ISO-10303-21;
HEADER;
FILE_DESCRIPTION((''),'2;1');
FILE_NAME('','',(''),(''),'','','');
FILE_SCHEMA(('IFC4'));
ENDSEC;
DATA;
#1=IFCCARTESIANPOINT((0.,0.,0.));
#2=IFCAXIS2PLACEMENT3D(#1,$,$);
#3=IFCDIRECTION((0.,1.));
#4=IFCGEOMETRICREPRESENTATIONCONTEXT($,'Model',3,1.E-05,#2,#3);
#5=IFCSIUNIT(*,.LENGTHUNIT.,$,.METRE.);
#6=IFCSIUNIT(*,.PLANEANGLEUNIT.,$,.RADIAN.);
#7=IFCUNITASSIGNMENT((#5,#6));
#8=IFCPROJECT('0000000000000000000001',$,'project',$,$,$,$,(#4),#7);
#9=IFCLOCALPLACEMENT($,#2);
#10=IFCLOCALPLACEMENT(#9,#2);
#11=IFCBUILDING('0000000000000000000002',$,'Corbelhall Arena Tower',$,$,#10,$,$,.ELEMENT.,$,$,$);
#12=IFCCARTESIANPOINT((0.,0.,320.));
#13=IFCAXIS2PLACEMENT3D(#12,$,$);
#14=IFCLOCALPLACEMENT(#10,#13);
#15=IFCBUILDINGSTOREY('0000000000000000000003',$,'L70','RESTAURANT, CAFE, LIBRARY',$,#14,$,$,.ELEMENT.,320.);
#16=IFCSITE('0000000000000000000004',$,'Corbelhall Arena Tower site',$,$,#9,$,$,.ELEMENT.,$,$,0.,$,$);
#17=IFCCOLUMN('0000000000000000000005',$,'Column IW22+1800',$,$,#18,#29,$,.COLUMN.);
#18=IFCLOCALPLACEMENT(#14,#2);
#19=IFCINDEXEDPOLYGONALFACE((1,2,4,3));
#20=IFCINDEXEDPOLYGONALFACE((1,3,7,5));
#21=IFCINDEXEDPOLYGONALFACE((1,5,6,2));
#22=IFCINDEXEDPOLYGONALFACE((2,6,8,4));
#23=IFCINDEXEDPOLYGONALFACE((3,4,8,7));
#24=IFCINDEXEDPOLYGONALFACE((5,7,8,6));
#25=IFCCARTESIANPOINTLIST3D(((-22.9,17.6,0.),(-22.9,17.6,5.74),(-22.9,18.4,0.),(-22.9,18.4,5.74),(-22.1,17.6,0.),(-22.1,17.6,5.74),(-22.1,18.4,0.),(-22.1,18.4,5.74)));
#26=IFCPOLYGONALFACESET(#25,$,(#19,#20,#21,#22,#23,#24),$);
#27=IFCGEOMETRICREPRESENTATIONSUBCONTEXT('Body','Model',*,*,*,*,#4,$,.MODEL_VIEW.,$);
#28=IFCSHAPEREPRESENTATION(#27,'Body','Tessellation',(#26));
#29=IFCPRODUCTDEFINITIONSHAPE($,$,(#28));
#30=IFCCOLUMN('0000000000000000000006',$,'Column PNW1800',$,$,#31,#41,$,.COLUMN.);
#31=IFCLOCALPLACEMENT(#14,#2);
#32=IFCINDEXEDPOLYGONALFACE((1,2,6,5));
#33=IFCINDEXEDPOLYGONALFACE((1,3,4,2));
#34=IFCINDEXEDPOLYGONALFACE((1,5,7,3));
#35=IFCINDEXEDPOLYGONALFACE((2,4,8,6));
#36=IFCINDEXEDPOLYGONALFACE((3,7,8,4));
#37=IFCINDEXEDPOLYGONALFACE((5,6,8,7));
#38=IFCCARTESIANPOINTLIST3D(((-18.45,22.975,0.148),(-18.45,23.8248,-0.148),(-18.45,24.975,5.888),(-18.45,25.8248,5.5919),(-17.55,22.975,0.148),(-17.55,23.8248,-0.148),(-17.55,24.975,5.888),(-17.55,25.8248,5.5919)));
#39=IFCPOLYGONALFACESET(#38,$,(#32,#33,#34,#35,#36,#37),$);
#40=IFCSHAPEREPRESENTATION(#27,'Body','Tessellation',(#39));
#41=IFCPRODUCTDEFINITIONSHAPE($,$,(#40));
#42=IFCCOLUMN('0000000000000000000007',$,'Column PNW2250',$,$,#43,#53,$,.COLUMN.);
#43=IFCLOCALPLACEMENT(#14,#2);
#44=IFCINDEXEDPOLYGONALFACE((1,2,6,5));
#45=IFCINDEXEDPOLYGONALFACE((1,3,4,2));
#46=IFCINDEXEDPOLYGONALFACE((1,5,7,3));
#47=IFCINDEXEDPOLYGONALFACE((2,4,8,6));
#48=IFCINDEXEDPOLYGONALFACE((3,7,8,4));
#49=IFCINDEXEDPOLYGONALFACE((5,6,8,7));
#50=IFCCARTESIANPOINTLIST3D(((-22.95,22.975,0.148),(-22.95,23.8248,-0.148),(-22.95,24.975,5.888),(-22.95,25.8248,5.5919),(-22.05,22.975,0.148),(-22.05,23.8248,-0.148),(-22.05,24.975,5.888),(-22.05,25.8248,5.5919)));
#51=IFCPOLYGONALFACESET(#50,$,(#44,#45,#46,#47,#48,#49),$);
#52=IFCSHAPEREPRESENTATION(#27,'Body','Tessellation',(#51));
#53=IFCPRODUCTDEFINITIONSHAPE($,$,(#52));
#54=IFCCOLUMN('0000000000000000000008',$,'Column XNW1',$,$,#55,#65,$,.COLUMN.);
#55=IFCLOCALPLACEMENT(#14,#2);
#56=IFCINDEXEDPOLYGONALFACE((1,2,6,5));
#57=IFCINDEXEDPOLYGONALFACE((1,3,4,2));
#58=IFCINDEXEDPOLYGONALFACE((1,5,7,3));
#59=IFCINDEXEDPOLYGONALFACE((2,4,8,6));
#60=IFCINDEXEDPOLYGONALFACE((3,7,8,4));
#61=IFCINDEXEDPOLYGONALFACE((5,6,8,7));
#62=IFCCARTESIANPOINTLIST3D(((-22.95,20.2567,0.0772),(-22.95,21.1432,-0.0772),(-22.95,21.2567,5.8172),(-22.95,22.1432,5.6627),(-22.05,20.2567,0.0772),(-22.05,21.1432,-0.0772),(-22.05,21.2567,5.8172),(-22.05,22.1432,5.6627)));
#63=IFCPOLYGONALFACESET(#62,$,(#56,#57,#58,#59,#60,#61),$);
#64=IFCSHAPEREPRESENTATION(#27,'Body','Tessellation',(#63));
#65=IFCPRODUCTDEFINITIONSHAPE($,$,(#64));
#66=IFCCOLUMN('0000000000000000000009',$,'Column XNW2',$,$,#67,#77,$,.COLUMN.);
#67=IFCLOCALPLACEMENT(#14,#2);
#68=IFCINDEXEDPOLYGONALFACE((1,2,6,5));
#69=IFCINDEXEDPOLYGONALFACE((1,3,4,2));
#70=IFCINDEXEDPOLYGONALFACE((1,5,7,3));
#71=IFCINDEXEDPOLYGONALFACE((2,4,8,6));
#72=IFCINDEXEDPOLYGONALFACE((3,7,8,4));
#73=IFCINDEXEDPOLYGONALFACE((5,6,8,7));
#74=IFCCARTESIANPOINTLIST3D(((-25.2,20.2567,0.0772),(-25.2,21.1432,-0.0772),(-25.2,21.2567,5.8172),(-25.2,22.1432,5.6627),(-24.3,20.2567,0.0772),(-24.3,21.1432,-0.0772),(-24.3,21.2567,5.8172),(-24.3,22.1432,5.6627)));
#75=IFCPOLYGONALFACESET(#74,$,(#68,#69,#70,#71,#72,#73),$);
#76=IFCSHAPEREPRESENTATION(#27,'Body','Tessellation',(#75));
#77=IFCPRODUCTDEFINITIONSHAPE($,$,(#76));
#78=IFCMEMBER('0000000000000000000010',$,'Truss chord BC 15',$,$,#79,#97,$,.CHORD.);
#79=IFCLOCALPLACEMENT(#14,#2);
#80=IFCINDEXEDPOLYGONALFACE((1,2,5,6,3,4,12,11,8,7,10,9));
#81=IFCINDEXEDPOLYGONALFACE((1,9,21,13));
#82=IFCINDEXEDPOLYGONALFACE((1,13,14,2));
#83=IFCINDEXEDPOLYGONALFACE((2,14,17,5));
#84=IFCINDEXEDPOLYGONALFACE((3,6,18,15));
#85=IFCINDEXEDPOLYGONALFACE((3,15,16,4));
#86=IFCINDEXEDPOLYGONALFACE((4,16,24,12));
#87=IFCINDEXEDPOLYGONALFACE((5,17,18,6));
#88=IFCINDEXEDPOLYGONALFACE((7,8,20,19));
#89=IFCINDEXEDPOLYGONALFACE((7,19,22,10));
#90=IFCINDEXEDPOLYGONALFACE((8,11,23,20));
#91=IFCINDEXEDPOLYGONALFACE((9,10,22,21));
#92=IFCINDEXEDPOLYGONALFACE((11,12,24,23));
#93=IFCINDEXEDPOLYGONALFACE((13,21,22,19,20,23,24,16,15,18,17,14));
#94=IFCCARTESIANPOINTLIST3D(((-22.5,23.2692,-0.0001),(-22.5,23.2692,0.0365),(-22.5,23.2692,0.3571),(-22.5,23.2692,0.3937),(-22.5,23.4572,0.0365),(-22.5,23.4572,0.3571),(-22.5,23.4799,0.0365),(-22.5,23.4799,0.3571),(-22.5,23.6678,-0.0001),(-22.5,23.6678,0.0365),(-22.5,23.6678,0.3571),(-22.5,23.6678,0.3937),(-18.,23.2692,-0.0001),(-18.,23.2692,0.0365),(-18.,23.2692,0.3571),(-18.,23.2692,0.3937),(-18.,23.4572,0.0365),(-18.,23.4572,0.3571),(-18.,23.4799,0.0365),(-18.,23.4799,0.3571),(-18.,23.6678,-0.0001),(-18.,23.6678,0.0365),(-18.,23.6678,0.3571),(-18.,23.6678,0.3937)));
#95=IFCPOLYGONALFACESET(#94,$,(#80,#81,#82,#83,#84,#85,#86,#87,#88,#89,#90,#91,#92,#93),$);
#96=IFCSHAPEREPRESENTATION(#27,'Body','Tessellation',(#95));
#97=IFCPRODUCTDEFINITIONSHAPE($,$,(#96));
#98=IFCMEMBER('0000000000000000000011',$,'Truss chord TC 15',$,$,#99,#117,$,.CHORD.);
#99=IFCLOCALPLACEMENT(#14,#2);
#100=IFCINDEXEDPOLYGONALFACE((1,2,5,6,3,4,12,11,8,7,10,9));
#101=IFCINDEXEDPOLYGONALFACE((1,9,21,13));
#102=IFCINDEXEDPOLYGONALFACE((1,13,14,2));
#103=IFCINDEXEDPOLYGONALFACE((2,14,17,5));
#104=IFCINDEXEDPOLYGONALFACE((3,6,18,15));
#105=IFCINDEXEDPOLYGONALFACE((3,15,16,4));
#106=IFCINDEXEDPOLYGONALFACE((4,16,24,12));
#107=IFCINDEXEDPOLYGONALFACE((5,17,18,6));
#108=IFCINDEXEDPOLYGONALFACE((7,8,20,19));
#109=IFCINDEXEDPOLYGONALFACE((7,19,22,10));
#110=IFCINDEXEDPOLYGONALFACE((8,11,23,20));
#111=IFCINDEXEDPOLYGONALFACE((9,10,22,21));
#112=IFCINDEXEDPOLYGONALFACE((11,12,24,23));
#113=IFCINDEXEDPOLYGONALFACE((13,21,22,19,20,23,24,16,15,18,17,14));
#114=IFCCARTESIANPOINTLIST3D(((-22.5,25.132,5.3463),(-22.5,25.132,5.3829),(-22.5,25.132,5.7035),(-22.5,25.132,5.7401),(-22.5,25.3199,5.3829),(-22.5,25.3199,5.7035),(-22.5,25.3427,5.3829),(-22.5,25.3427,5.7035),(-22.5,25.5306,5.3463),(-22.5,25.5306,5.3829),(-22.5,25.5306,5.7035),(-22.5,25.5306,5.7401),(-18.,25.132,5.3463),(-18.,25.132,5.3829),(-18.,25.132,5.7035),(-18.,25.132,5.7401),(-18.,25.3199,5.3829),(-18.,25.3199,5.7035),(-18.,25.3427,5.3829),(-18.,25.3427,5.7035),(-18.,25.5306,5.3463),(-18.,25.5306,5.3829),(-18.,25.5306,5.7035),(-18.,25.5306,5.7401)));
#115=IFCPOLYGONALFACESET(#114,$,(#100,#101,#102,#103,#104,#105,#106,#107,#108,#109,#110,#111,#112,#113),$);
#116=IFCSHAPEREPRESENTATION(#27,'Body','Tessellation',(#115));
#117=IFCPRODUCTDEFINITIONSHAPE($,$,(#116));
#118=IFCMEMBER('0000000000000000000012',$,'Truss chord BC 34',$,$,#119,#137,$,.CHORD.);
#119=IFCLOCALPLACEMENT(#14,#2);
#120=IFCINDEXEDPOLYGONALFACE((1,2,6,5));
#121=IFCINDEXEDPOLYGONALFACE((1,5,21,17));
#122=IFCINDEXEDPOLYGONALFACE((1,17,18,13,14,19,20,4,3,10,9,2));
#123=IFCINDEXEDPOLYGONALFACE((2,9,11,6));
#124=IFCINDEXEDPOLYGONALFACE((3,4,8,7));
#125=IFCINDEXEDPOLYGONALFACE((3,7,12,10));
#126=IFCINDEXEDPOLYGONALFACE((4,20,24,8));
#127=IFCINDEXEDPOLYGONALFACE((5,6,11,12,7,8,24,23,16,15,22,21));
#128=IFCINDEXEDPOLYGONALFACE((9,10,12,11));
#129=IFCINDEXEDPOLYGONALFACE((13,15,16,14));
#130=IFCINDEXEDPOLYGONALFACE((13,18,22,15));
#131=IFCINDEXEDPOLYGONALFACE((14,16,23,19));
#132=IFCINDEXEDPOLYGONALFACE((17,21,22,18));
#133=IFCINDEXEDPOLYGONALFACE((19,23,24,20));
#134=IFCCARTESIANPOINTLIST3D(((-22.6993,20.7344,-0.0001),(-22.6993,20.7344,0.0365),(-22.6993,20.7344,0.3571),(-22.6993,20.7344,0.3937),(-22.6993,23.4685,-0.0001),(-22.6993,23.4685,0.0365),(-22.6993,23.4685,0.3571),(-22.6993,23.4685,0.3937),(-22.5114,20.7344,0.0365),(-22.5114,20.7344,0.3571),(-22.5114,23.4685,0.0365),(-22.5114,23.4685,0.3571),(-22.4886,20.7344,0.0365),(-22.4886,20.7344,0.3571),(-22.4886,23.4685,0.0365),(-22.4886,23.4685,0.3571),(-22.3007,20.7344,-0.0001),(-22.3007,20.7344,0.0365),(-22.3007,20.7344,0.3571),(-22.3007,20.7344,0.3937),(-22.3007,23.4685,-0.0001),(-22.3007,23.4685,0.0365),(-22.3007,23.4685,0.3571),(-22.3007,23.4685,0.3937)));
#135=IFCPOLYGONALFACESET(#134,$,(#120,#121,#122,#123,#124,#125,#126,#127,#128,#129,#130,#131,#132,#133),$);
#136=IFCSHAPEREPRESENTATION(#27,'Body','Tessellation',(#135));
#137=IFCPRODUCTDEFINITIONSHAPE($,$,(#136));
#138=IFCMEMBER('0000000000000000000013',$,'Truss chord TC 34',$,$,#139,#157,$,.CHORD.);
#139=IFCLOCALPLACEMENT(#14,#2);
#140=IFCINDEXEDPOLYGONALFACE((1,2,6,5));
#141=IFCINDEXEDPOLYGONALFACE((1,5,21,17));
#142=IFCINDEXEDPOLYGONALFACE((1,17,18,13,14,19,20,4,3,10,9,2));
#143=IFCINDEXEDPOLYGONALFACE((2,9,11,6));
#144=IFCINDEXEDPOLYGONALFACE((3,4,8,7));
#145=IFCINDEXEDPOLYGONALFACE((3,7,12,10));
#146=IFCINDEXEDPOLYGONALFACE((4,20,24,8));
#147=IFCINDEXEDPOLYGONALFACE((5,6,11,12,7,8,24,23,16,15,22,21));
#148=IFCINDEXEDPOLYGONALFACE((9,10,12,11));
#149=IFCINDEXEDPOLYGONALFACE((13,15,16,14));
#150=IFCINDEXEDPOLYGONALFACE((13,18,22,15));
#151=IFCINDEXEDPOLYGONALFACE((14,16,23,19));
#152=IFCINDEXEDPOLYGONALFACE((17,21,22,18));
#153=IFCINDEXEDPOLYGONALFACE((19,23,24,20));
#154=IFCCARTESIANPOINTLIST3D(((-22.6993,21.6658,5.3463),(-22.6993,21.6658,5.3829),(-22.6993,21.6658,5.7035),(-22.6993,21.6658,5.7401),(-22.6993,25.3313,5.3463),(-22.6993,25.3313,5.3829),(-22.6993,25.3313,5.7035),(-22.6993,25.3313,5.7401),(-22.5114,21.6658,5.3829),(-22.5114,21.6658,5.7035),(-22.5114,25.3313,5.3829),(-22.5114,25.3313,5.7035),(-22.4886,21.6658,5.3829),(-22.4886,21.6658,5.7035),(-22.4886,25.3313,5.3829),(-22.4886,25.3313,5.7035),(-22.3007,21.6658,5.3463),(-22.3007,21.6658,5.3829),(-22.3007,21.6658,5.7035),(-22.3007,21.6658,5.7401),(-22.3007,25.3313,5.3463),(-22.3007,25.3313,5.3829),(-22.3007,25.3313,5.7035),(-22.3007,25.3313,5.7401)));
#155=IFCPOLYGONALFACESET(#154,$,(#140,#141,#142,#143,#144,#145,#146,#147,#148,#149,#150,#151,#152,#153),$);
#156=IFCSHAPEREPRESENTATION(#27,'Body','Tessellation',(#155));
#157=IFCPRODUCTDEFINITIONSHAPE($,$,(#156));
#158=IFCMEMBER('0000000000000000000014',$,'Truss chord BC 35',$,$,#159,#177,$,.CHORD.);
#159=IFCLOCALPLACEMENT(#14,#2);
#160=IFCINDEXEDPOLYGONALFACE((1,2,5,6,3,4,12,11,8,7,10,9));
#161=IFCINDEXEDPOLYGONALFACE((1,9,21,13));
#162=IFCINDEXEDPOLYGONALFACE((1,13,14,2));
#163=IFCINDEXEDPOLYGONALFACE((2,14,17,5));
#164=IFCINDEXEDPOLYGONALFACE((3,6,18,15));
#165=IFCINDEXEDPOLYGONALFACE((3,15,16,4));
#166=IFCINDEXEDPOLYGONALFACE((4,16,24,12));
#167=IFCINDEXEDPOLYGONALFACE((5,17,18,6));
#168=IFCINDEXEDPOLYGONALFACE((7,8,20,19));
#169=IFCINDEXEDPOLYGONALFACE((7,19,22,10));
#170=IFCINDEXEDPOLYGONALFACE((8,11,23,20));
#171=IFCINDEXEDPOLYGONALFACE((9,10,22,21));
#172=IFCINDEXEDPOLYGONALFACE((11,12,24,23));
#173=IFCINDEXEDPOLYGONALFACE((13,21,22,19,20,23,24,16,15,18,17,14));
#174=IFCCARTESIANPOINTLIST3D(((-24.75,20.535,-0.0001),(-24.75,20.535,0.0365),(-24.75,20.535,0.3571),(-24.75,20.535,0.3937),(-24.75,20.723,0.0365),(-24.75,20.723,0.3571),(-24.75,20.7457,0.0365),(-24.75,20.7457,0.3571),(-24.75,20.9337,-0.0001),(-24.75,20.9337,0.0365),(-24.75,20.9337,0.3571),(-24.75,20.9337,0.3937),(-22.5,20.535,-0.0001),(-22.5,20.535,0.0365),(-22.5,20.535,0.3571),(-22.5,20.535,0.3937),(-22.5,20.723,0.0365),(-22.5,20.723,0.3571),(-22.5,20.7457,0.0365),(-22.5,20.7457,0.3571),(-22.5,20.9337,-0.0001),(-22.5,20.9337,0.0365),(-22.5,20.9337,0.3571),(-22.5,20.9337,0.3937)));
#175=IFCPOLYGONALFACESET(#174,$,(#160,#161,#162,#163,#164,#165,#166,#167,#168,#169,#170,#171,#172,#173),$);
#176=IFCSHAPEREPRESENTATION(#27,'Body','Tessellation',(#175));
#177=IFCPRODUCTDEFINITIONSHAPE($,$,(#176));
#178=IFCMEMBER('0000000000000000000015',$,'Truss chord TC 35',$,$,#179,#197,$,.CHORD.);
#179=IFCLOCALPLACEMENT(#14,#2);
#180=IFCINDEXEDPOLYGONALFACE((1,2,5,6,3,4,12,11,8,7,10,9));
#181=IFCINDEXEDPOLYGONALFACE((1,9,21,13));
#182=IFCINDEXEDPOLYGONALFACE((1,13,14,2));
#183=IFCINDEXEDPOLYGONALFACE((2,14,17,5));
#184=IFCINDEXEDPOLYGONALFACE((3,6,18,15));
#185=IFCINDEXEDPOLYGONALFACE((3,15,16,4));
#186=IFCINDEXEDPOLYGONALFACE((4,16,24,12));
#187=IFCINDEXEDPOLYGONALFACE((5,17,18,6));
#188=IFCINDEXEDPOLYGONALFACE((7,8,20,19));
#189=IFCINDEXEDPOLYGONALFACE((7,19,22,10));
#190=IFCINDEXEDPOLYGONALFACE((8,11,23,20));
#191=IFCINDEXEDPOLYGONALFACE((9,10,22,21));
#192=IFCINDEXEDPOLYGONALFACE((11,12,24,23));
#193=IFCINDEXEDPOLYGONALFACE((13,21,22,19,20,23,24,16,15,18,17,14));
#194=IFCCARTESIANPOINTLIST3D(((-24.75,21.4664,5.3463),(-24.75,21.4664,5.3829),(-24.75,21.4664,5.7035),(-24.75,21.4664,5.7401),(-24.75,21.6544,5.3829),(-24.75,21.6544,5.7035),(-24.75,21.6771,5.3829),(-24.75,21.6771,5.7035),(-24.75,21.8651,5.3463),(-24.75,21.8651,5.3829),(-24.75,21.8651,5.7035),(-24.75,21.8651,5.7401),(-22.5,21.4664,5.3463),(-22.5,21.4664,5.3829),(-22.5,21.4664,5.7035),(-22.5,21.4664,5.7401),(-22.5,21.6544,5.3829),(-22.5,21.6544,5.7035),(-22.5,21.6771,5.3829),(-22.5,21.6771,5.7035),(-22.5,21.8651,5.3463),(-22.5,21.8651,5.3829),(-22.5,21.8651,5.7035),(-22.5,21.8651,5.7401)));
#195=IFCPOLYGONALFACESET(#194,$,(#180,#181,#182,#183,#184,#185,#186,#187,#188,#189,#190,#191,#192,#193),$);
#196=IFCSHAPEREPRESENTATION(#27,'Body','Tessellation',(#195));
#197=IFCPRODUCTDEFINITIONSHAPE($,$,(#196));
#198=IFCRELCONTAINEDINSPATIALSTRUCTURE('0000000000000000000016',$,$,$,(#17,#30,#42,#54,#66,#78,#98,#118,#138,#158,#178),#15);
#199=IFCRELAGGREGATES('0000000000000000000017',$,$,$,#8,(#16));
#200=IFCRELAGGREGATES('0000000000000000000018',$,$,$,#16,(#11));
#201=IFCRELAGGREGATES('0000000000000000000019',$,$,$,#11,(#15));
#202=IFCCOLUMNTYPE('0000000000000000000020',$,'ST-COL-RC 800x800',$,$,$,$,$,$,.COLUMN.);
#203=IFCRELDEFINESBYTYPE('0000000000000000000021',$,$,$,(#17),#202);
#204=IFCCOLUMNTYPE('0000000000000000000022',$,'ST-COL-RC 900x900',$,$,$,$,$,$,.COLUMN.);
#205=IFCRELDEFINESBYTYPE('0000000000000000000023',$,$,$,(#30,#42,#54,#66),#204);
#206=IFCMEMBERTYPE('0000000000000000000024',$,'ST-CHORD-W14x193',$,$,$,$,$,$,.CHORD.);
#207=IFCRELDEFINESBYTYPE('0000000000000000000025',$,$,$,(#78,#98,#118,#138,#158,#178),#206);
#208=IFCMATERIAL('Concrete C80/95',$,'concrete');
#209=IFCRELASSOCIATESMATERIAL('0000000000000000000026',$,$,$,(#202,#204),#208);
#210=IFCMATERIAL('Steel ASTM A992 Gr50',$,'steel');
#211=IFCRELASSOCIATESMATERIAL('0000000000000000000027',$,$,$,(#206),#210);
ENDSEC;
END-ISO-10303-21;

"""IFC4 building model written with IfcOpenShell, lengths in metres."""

from ifc_helpers import new_model, si_unit, direction, frame, origin, origin_2d, place, context, subcontext, project, spatial, rectangle, i_section, extrude, material, material_profile, profile_set, type_object, element, save


model = new_model("IFC4")

# Units and contexts
model_context = context("Model", 3, precision=1e-05, world=origin(), true_north=direction((0.0, 1.0)))
body_context = subcontext(model_context, "Body", "Model", "MODEL_VIEW")
ifc_project = project(units=[si_unit("LENGTHUNIT", "METRE"), si_unit("PLANEANGLEUNIT", "RADIAN")], contexts=[model_context])

# Site, building, storey
site_placement = place(None, origin())
site = spatial("IfcSite", under=ifc_project, at=site_placement, Name="Corbelhall Arena Tower site", CompositionType="ELEMENT", RefElevation=0.0)
building_placement = place(site_placement, origin())
building = spatial("IfcBuilding", under=site, at=building_placement, Name="Corbelhall Arena Tower", CompositionType="ELEMENT")
storey_placement = place(building_placement, frame((0.0, 0.0, 320.0)))
storey = spatial("IfcBuildingStorey", under=building, at=storey_placement, Name="L70", Description="RESTAURANT, CAFE, LIBRARY", CompositionType="ELEMENT", Elevation=320.0)

# Columns
ifc_material_1 = material(Name="Concrete C80/95", Category="concrete")
ifc_material_profile_1 = material_profile(ifc_material_1, rectangle(XDim=0.8, YDim=0.8, at=origin_2d()))
ifc_profile_set_1 = profile_set([ifc_material_profile_1], Name="Concrete C80/95")
column_type_1 = type_object("IfcColumnType", Name="ST-COL-RC 800x800", PredefinedType="COLUMN", material=ifc_profile_set_1)
column_placement = place(storey_placement, frame((-22.5, 18.0, 0.0), z_axis=(0.0, 0.0, 1.0), x_axis=(1.0, 0.0, 0.0)))
element("IfcColumn", 1, at=column_placement, inside=storey, type_object=column_type_1, Name="Column IW22+1800", PredefinedType="COLUMN", context=body_context, shape_type="SweptSolid", body=[
    extrude(rectangle(XDim=0.8, YDim=0.8, at=origin_2d()), origin(), (0.0, 0.0, 1.0), 5.74),
])
ifc_material_profile_2 = material_profile(ifc_material_1, rectangle(XDim=0.8999, YDim=0.8999, at=origin_2d()))
ifc_profile_set_2 = profile_set([ifc_material_profile_2], Name="Concrete C80/95")
column_type_2 = type_object("IfcColumnType", Name="ST-COL-RC 900x900", PredefinedType="COLUMN", material=ifc_profile_set_2)
for number, where, z_axis, x_axis, name in (
    (2, (-18.0, 23.3999, 0.0), (0.0, 0.329032, 0.944319), (-1.0, 0.0, 0.0), "Column PNW1800"),
    (3, (-22.5, 23.3999, 0.0), (0.0, 0.329032, 0.944319), (-1.0, 0.0, 0.0), "Column PNW2250"),
):
    element("IfcColumn", number, at=place(storey_placement, frame(where, z_axis=z_axis, x_axis=x_axis)), inside=storey, type_object=column_type_2, Name=name, PredefinedType="COLUMN", context=body_context, shape_type="SweptSolid", body=[
        extrude(rectangle(XDim=0.8999, YDim=0.8999, at=origin_2d()), origin(), (0.0, 0.0, 1.0), 6.0784),
    ])
for number, where, z_axis, x_axis, name in (
    (4, (-22.5, 20.7, 0.0), (0.0, 0.171631, 0.985161), (-1.0, 0.0, 0.0), "Column XNW1"),
    (5, (-24.75, 20.7, 0.0), (0.0, 0.171631, 0.985161), (-1.0, 0.0, 0.0), "Column XNW2"),
):
    element("IfcColumn", number, at=place(storey_placement, frame(where, z_axis=z_axis, x_axis=x_axis)), inside=storey, type_object=column_type_2, Name=name, PredefinedType="COLUMN", context=body_context, shape_type="SweptSolid", body=[
        extrude(rectangle(XDim=0.8999, YDim=0.8999, at=origin_2d()), origin(), (0.0, 0.0, 1.0), 5.8264),
    ])

# Members
ifc_material_2 = material(Name="Steel ASTM A992 Gr50", Category="steel")
ifc_material_profile_3 = material_profile(ifc_material_2, i_section(OverallWidth=0.3987, OverallDepth=0.3938, WebThickness=0.0227, FlangeThickness=0.0366, at=origin_2d()))
ifc_profile_set_3 = profile_set([ifc_material_profile_3], Name="Steel ASTM A992 Gr50")
member_type_1 = type_object("IfcMemberType", Name="ST-CHORD-W14x193", PredefinedType="CHORD", material=ifc_profile_set_3)
for number, where, z_axis, x_axis, name in (
    (6, (-22.5, 23.4685, 0.1968), (1.0, 0.0, 0.0), (0.0, 1.0, 0.0), "Truss chord BC 15"),
    (7, (-22.5, 25.3313, 5.5432), (1.0, 0.0, 0.0), (0.0, 1.0, 0.0), "Truss chord TC 15"),
):
    element("IfcMember", number, at=place(storey_placement, frame(where, z_axis=z_axis, x_axis=x_axis)), inside=storey, type_object=member_type_1, Name=name, PredefinedType="CHORD", context=body_context, shape_type="SweptSolid", body=[
        extrude(i_section(OverallWidth=0.3987, OverallDepth=0.3938, WebThickness=0.0227, FlangeThickness=0.0366, at=origin_2d()), origin(), (0.0, 0.0, 1.0), 4.5),
    ])
member_1_placement = place(storey_placement, frame((-22.5, 20.7344, 0.1968), z_axis=(0.0, 1.0, 0.0), x_axis=(-1.0, 0.0, 0.0)))
element("IfcMember", 8, at=member_1_placement, inside=storey, type_object=member_type_1, Name="Truss chord BC 34", PredefinedType="CHORD", context=body_context, shape_type="SweptSolid", body=[
    extrude(i_section(OverallWidth=0.3987, OverallDepth=0.3938, WebThickness=0.0227, FlangeThickness=0.0366, at=origin_2d()), origin(), (0.0, 0.0, 1.0), 2.7341),
])
member_2_placement = place(storey_placement, frame((-22.5, 21.6658, 5.5432), z_axis=(0.0, 1.0, 0.0), x_axis=(-1.0, 0.0, 0.0)))
element("IfcMember", 9, at=member_2_placement, inside=storey, type_object=member_type_1, Name="Truss chord TC 34", PredefinedType="CHORD", context=body_context, shape_type="SweptSolid", body=[
    extrude(i_section(OverallWidth=0.3987, OverallDepth=0.3938, WebThickness=0.0227, FlangeThickness=0.0366, at=origin_2d()), origin(), (0.0, 0.0, 1.0), 3.6655),
])
for number, where, z_axis, x_axis, name in (
    (10, (-24.75, 20.7344, 0.1968), (1.0, 0.0, 0.0), (0.0, 1.0, 0.0), "Truss chord BC 35"),
    (11, (-24.75, 21.6658, 5.5432), (1.0, 0.0, 0.0), (0.0, 1.0, 0.0), "Truss chord TC 35"),
):
    element("IfcMember", number, at=place(storey_placement, frame(where, z_axis=z_axis, x_axis=x_axis)), inside=storey, type_object=member_type_1, Name=name, PredefinedType="CHORD", context=body_context, shape_type="SweptSolid", body=[
        extrude(i_section(OverallWidth=0.3987, OverallDepth=0.3938, WebThickness=0.0227, FlangeThickness=0.0366, at=origin_2d()), origin(), (0.0, 0.0, 1.0), 2.25),
    ])

save(model, "model.ifc")
